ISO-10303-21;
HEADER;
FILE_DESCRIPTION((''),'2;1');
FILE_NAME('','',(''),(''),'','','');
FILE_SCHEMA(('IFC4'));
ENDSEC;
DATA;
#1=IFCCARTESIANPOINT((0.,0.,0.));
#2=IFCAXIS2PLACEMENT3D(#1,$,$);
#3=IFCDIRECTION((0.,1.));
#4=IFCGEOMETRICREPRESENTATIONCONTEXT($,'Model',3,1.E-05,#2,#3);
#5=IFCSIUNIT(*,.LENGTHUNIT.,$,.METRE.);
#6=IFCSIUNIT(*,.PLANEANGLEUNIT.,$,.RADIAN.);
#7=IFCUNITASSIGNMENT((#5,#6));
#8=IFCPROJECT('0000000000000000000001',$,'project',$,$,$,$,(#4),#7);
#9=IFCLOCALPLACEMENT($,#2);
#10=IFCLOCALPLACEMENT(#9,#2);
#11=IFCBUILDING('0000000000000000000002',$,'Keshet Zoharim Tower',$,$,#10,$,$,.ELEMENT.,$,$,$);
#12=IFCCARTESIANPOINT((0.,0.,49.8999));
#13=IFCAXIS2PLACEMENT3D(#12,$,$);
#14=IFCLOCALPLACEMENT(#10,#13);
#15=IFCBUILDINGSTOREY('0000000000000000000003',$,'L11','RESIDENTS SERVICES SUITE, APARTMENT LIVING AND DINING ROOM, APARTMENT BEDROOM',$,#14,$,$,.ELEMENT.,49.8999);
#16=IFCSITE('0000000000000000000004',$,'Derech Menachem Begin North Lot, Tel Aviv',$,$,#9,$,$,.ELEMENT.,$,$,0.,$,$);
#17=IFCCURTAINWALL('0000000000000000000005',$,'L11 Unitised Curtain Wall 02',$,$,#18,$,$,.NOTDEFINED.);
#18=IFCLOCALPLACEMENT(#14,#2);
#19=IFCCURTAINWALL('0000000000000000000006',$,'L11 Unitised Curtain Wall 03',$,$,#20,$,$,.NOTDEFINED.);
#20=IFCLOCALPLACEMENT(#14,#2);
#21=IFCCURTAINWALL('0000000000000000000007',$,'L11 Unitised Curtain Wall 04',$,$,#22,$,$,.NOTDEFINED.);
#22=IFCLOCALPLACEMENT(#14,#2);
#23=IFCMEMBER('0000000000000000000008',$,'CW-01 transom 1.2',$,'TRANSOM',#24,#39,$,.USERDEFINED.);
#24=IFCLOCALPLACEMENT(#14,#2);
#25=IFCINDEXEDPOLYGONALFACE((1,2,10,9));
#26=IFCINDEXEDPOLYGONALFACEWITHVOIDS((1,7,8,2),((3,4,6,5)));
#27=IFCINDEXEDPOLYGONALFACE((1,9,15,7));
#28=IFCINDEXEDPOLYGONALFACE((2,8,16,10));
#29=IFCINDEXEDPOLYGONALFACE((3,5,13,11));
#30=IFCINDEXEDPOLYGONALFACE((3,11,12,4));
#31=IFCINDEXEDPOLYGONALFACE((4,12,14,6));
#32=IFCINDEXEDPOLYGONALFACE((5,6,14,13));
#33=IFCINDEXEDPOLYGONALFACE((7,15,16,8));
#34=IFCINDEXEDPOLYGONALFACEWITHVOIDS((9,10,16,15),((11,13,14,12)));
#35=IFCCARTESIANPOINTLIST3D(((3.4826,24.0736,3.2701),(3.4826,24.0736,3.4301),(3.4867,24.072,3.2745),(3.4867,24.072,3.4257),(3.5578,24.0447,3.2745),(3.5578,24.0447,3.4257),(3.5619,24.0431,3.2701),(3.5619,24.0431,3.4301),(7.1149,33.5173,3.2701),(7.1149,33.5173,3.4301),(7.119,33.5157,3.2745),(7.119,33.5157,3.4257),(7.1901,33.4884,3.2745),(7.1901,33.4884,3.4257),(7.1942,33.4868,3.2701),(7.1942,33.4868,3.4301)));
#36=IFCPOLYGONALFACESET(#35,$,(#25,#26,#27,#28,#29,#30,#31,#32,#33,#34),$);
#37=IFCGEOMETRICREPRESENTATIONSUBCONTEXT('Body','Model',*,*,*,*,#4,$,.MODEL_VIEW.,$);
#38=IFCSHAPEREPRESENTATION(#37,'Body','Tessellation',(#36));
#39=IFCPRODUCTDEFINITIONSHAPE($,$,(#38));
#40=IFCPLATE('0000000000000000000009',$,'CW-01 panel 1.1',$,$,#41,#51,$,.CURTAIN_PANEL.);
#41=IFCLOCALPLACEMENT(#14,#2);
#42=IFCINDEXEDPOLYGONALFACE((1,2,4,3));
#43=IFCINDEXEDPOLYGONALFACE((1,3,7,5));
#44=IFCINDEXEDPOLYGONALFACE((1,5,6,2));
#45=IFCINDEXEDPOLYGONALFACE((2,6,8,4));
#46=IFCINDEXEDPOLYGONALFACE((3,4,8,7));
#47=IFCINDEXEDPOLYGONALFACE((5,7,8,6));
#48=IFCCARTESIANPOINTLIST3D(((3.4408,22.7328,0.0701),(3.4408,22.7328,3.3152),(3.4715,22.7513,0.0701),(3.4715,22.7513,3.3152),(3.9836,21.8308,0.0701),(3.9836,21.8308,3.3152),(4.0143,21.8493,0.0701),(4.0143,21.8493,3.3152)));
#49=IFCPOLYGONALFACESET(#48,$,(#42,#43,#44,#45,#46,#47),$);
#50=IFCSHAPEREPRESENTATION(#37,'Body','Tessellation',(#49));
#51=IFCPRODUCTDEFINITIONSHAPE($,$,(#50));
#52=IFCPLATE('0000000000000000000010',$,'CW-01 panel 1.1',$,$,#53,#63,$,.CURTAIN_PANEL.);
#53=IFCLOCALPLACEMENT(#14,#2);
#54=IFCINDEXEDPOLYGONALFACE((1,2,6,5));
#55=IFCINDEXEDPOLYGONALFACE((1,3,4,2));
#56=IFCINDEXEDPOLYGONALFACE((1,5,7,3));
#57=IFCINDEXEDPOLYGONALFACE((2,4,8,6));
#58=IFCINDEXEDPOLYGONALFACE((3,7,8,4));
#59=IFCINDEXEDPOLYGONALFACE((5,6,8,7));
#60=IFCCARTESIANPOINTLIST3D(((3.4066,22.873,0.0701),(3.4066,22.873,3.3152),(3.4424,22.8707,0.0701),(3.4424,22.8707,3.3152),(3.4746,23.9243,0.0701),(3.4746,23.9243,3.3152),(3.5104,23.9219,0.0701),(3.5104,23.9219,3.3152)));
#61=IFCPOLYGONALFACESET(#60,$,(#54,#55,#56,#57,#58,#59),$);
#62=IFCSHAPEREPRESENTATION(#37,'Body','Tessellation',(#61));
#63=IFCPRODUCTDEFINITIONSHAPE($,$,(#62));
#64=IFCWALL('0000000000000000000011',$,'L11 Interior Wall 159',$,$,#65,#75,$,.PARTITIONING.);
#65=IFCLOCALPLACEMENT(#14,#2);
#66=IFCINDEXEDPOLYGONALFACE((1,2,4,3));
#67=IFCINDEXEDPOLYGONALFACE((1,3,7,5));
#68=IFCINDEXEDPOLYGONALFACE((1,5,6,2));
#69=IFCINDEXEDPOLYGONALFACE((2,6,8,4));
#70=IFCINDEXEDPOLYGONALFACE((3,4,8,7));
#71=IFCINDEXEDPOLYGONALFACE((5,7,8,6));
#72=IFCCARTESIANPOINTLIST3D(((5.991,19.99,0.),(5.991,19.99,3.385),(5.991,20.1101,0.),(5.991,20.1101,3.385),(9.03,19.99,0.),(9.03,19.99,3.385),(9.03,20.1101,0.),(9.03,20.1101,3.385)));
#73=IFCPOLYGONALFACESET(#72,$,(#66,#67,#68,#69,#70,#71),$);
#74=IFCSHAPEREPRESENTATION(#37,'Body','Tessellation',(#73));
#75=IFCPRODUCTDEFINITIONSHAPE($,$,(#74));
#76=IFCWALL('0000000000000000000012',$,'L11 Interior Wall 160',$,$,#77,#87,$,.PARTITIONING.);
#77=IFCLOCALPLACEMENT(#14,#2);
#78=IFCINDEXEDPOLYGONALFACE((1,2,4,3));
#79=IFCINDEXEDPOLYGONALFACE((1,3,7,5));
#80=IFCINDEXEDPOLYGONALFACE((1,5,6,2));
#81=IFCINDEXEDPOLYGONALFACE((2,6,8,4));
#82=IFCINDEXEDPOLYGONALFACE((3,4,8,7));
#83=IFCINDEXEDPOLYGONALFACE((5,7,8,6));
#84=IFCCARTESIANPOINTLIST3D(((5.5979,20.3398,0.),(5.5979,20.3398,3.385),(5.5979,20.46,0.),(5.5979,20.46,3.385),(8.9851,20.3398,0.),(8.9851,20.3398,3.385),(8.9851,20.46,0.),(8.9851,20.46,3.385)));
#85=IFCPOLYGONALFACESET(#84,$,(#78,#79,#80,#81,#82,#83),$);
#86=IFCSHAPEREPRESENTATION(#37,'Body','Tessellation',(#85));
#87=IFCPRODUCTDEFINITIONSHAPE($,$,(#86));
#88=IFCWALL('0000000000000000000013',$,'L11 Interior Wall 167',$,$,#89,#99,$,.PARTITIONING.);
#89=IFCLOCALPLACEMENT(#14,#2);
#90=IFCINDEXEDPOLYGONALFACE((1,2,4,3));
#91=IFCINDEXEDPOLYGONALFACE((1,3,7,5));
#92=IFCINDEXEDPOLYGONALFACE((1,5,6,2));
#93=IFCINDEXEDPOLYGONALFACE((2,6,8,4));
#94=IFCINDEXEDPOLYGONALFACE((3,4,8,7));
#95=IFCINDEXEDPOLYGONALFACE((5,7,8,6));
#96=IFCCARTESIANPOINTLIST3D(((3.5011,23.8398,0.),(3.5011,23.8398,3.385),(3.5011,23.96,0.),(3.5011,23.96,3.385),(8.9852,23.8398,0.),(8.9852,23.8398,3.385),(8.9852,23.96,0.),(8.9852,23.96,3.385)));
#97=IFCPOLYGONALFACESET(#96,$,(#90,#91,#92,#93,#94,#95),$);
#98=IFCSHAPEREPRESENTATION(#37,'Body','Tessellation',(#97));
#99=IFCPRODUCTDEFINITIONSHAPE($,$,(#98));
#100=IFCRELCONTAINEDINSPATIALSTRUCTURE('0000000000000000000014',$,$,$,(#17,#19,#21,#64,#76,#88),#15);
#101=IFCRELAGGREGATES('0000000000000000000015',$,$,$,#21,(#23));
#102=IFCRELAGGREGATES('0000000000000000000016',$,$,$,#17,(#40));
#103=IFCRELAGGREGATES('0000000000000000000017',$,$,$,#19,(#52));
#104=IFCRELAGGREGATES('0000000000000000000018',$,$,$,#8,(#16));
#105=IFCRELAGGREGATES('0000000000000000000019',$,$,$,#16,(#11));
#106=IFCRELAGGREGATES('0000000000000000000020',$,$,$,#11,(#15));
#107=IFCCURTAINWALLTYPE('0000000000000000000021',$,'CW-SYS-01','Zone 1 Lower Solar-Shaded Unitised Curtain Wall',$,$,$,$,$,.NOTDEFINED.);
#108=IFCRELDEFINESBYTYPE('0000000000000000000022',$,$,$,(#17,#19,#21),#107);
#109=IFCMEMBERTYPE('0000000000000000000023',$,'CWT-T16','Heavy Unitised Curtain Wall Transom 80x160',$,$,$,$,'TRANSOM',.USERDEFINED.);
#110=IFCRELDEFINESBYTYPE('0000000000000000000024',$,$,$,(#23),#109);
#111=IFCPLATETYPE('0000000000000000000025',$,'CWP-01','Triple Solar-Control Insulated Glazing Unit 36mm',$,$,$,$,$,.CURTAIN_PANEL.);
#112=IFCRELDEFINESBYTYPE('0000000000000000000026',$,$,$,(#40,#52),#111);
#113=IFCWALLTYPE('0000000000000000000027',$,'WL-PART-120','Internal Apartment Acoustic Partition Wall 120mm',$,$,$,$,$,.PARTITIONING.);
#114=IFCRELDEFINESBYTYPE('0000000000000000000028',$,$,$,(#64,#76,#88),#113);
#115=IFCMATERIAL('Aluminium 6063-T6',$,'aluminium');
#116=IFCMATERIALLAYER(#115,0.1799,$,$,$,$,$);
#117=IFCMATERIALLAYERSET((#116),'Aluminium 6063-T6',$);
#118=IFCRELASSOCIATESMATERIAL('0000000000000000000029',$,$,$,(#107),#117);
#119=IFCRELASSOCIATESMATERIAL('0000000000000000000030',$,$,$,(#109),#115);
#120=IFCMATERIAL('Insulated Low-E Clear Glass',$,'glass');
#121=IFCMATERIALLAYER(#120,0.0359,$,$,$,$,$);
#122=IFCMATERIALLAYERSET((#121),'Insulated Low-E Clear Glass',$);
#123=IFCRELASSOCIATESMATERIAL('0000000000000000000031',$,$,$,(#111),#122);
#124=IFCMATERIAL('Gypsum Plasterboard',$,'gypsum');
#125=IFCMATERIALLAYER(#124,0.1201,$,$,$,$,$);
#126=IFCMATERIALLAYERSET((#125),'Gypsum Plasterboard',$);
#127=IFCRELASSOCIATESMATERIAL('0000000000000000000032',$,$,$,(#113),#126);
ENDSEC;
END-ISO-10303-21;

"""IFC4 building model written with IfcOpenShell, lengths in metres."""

from ifc_helpers import new_model, si_unit, direction, frame, frame_2d, origin, origin_2d, place, context, subcontext, project, spatial, rectangle, hollow_rectangle, extrude, material, layer, layer_set, material_profile, profile_set, type_object, element, aggregate, save


model = new_model("IFC4")

# Units and contexts
model_context = context("Model", 3, precision=1e-05, world=origin(), true_north=direction((0.0, 1.0)))
body_context = subcontext(model_context, "Body", "Model", "MODEL_VIEW")
ifc_project = project(units=[si_unit("LENGTHUNIT", "METRE"), si_unit("PLANEANGLEUNIT", "RADIAN")], contexts=[model_context])

# Site, building, storey
site_placement = place(None, origin())
site = spatial("IfcSite", under=ifc_project, at=site_placement, Name="Derech Menachem Begin North Lot, Tel Aviv", CompositionType="ELEMENT", RefElevation=0.0)
building_placement = place(site_placement, origin())
building = spatial("IfcBuilding", under=site, at=building_placement, Name="Keshet Zoharim Tower", CompositionType="ELEMENT")
storey_placement = place(building_placement, frame((0.0, 0.0, 49.8999)))
storey = spatial("IfcBuildingStorey", under=building, at=storey_placement, Name="L11", Description="RESIDENTS SERVICES SUITE, APARTMENT LIVING AND DINING ROOM, APARTMENT BEDROOM", CompositionType="ELEMENT", Elevation=49.8999)

# Shared definitions
ifc_material_1 = material(Name="Aluminium 6063-T6", Category="aluminium")
ifc_layer_1 = layer(ifc_material_1, 0.1799)
ifc_layer_set_1 = layer_set([ifc_layer_1], Name="Aluminium 6063-T6")
curtain_wall_type = type_object("IfcCurtainWallType", Name="CW-SYS-01", Description="Zone 1 Lower Solar-Shaded Unitised Curtain Wall", PredefinedType="NOTDEFINED", material=ifc_layer_set_1)

# Curtain walls
curtain_wall_1_placement = place(storey_placement, origin())
curtain_wall_1 = element("IfcCurtainWall", 1, at=curtain_wall_1_placement, inside=storey, type_object=curtain_wall_type, Name="L11 Unitised Curtain Wall 02", PredefinedType="NOTDEFINED")
curtain_wall_2_placement = place(storey_placement, origin())
curtain_wall_2 = element("IfcCurtainWall", 2, at=curtain_wall_2_placement, inside=storey, type_object=curtain_wall_type, Name="L11 Unitised Curtain Wall 03", PredefinedType="NOTDEFINED")

# Curtain wall
curtain_wall_3_placement = place(storey_placement, origin())
curtain_wall_3 = element("IfcCurtainWall", 3, at=curtain_wall_3_placement, inside=storey, type_object=curtain_wall_type, Name="L11 Unitised Curtain Wall 04", PredefinedType="NOTDEFINED")

# Member
ifc_material_profile_1 = material_profile(ifc_material_1, hollow_rectangle(XDim=0.085, YDim=0.1599, WallThickness=0.0044, at=origin_2d()), Name="TRN-85x160")
ifc_profile_set_1 = profile_set([ifc_material_profile_1], Name="Aluminium 6063-T6")
member_type_1 = type_object("IfcMemberType", Name="CWT-T16", Description="Heavy Unitised Curtain Wall Transom 80x160", ElementType="TRANSOM", PredefinedType="USERDEFINED", material=ifc_profile_set_1)
member_1_placement = place(storey_placement, frame((3.5222, 24.0583, 3.3501), z_axis=(0.358994, 0.93334, 0.0), x_axis=(-0.93334, 0.358994, 0.0)))
member_1 = element("IfcMember", 4, at=member_1_placement, type_object=member_type_1, Name="CW-01 transom 1.2", ObjectType="TRANSOM", PredefinedType="USERDEFINED", context=body_context, shape_type="SweptSolid", body=[
    extrude(hollow_rectangle(XDim=0.085, YDim=0.1599, WallThickness=0.0044, at=origin_2d()), origin(), (0.0, 0.0, 1.0), 10.1182),
])
aggregate(curtain_wall_3, [member_1])

# Plates
ifc_material_2 = material(Name="Insulated Low-E Clear Glass", Category="glass")
ifc_layer_2 = layer(ifc_material_2, 0.0359)
ifc_layer_set_2 = layer_set([ifc_layer_2], Name="Insulated Low-E Clear Glass")
plate_type = type_object("IfcPlateType", Name="CWP-01", Description="Triple Solar-Control Insulated Glazing Unit 36mm", PredefinedType="CURTAIN_PANEL", material=ifc_layer_set_2)
plate_1_placement = place(storey_placement, frame((3.7275, 22.291, 0.0701), z_axis=(0.0, 0.0, 1.0), x_axis=(-0.515605, 0.856826, 0.0)))
plate_1 = element("IfcPlate", 5, at=plate_1_placement, type_object=plate_type, Name="CW-01 panel 1.1", PredefinedType="CURTAIN_PANEL", context=body_context, shape_type="SweptSolid", body=[
    extrude(rectangle(XDim=1.0527, YDim=0.0359, at=origin_2d()), origin(), (0.0, 0.0, 1.0), 3.2451),
])
aggregate(curtain_wall_1, [plate_1])
plate_2_placement = place(storey_placement, frame((3.4585, 23.3975, 0.0701), z_axis=(0.0, 0.0, 1.0), x_axis=(0.064517, 0.997917, 0.0)))
plate_2 = element("IfcPlate", 6, at=plate_2_placement, type_object=plate_type, Name="CW-01 panel 1.1", PredefinedType="CURTAIN_PANEL", context=body_context, shape_type="SweptSolid", body=[
    extrude(rectangle(XDim=1.0535, YDim=0.0359, at=origin_2d()), origin(), (0.0, 0.0, 1.0), 3.2451),
])
aggregate(curtain_wall_2, [plate_2])

# Walls
ifc_material_3 = material(Name="Gypsum Plasterboard", Category="gypsum")
ifc_layer_3 = layer(ifc_material_3, 0.1201)
ifc_layer_set_3 = layer_set([ifc_layer_3], Name="Gypsum Plasterboard")
wall_type = type_object("IfcWallType", Name="WL-PART-120", Description="Internal Apartment Acoustic Partition Wall 120mm", PredefinedType="PARTITIONING", material=ifc_layer_set_3)
wall_1_placement = place(storey_placement, frame((5.991, 20.05, 0.0), z_axis=(0.0, 0.0, 1.0), x_axis=(1.0, 0.0, 0.0)))
element("IfcWall", 7, at=wall_1_placement, inside=storey, type_object=wall_type, Name="L11 Interior Wall 159", PredefinedType="PARTITIONING", context=body_context, shape_type="SweptSolid", body=[
    extrude(rectangle(XDim=3.0391, YDim=0.1201, at=frame_2d((1.5195, 0.0))), origin(), (0.0, 0.0, 1.0), 3.385),
])
wall_2_placement = place(storey_placement, frame((5.5979, 20.3999, 0.0), z_axis=(0.0, 0.0, 1.0), x_axis=(1.0, 0.0, 0.0)))
element("IfcWall", 8, at=wall_2_placement, inside=storey, type_object=wall_type, Name="L11 Interior Wall 160", PredefinedType="PARTITIONING", context=body_context, shape_type="SweptSolid", body=[
    extrude(rectangle(XDim=3.3872, YDim=0.1201, at=frame_2d((1.6936, 0.0))), origin(), (0.0, 0.0, 1.0), 3.385),
])
wall_3_placement = place(storey_placement, frame((3.501, 23.8999, 0.0), z_axis=(0.0, 0.0, 1.0), x_axis=(1.0, 0.0, 0.0)))
element("IfcWall", 9, at=wall_3_placement, inside=storey, type_object=wall_type, Name="L11 Interior Wall 167", PredefinedType="PARTITIONING", context=body_context, shape_type="SweptSolid", body=[
    extrude(rectangle(XDim=5.4841, YDim=0.1201, at=frame_2d((2.7422, 0.0))), origin(), (0.0, 0.0, 1.0), 3.385),
])

save(model, "model.ifc")
